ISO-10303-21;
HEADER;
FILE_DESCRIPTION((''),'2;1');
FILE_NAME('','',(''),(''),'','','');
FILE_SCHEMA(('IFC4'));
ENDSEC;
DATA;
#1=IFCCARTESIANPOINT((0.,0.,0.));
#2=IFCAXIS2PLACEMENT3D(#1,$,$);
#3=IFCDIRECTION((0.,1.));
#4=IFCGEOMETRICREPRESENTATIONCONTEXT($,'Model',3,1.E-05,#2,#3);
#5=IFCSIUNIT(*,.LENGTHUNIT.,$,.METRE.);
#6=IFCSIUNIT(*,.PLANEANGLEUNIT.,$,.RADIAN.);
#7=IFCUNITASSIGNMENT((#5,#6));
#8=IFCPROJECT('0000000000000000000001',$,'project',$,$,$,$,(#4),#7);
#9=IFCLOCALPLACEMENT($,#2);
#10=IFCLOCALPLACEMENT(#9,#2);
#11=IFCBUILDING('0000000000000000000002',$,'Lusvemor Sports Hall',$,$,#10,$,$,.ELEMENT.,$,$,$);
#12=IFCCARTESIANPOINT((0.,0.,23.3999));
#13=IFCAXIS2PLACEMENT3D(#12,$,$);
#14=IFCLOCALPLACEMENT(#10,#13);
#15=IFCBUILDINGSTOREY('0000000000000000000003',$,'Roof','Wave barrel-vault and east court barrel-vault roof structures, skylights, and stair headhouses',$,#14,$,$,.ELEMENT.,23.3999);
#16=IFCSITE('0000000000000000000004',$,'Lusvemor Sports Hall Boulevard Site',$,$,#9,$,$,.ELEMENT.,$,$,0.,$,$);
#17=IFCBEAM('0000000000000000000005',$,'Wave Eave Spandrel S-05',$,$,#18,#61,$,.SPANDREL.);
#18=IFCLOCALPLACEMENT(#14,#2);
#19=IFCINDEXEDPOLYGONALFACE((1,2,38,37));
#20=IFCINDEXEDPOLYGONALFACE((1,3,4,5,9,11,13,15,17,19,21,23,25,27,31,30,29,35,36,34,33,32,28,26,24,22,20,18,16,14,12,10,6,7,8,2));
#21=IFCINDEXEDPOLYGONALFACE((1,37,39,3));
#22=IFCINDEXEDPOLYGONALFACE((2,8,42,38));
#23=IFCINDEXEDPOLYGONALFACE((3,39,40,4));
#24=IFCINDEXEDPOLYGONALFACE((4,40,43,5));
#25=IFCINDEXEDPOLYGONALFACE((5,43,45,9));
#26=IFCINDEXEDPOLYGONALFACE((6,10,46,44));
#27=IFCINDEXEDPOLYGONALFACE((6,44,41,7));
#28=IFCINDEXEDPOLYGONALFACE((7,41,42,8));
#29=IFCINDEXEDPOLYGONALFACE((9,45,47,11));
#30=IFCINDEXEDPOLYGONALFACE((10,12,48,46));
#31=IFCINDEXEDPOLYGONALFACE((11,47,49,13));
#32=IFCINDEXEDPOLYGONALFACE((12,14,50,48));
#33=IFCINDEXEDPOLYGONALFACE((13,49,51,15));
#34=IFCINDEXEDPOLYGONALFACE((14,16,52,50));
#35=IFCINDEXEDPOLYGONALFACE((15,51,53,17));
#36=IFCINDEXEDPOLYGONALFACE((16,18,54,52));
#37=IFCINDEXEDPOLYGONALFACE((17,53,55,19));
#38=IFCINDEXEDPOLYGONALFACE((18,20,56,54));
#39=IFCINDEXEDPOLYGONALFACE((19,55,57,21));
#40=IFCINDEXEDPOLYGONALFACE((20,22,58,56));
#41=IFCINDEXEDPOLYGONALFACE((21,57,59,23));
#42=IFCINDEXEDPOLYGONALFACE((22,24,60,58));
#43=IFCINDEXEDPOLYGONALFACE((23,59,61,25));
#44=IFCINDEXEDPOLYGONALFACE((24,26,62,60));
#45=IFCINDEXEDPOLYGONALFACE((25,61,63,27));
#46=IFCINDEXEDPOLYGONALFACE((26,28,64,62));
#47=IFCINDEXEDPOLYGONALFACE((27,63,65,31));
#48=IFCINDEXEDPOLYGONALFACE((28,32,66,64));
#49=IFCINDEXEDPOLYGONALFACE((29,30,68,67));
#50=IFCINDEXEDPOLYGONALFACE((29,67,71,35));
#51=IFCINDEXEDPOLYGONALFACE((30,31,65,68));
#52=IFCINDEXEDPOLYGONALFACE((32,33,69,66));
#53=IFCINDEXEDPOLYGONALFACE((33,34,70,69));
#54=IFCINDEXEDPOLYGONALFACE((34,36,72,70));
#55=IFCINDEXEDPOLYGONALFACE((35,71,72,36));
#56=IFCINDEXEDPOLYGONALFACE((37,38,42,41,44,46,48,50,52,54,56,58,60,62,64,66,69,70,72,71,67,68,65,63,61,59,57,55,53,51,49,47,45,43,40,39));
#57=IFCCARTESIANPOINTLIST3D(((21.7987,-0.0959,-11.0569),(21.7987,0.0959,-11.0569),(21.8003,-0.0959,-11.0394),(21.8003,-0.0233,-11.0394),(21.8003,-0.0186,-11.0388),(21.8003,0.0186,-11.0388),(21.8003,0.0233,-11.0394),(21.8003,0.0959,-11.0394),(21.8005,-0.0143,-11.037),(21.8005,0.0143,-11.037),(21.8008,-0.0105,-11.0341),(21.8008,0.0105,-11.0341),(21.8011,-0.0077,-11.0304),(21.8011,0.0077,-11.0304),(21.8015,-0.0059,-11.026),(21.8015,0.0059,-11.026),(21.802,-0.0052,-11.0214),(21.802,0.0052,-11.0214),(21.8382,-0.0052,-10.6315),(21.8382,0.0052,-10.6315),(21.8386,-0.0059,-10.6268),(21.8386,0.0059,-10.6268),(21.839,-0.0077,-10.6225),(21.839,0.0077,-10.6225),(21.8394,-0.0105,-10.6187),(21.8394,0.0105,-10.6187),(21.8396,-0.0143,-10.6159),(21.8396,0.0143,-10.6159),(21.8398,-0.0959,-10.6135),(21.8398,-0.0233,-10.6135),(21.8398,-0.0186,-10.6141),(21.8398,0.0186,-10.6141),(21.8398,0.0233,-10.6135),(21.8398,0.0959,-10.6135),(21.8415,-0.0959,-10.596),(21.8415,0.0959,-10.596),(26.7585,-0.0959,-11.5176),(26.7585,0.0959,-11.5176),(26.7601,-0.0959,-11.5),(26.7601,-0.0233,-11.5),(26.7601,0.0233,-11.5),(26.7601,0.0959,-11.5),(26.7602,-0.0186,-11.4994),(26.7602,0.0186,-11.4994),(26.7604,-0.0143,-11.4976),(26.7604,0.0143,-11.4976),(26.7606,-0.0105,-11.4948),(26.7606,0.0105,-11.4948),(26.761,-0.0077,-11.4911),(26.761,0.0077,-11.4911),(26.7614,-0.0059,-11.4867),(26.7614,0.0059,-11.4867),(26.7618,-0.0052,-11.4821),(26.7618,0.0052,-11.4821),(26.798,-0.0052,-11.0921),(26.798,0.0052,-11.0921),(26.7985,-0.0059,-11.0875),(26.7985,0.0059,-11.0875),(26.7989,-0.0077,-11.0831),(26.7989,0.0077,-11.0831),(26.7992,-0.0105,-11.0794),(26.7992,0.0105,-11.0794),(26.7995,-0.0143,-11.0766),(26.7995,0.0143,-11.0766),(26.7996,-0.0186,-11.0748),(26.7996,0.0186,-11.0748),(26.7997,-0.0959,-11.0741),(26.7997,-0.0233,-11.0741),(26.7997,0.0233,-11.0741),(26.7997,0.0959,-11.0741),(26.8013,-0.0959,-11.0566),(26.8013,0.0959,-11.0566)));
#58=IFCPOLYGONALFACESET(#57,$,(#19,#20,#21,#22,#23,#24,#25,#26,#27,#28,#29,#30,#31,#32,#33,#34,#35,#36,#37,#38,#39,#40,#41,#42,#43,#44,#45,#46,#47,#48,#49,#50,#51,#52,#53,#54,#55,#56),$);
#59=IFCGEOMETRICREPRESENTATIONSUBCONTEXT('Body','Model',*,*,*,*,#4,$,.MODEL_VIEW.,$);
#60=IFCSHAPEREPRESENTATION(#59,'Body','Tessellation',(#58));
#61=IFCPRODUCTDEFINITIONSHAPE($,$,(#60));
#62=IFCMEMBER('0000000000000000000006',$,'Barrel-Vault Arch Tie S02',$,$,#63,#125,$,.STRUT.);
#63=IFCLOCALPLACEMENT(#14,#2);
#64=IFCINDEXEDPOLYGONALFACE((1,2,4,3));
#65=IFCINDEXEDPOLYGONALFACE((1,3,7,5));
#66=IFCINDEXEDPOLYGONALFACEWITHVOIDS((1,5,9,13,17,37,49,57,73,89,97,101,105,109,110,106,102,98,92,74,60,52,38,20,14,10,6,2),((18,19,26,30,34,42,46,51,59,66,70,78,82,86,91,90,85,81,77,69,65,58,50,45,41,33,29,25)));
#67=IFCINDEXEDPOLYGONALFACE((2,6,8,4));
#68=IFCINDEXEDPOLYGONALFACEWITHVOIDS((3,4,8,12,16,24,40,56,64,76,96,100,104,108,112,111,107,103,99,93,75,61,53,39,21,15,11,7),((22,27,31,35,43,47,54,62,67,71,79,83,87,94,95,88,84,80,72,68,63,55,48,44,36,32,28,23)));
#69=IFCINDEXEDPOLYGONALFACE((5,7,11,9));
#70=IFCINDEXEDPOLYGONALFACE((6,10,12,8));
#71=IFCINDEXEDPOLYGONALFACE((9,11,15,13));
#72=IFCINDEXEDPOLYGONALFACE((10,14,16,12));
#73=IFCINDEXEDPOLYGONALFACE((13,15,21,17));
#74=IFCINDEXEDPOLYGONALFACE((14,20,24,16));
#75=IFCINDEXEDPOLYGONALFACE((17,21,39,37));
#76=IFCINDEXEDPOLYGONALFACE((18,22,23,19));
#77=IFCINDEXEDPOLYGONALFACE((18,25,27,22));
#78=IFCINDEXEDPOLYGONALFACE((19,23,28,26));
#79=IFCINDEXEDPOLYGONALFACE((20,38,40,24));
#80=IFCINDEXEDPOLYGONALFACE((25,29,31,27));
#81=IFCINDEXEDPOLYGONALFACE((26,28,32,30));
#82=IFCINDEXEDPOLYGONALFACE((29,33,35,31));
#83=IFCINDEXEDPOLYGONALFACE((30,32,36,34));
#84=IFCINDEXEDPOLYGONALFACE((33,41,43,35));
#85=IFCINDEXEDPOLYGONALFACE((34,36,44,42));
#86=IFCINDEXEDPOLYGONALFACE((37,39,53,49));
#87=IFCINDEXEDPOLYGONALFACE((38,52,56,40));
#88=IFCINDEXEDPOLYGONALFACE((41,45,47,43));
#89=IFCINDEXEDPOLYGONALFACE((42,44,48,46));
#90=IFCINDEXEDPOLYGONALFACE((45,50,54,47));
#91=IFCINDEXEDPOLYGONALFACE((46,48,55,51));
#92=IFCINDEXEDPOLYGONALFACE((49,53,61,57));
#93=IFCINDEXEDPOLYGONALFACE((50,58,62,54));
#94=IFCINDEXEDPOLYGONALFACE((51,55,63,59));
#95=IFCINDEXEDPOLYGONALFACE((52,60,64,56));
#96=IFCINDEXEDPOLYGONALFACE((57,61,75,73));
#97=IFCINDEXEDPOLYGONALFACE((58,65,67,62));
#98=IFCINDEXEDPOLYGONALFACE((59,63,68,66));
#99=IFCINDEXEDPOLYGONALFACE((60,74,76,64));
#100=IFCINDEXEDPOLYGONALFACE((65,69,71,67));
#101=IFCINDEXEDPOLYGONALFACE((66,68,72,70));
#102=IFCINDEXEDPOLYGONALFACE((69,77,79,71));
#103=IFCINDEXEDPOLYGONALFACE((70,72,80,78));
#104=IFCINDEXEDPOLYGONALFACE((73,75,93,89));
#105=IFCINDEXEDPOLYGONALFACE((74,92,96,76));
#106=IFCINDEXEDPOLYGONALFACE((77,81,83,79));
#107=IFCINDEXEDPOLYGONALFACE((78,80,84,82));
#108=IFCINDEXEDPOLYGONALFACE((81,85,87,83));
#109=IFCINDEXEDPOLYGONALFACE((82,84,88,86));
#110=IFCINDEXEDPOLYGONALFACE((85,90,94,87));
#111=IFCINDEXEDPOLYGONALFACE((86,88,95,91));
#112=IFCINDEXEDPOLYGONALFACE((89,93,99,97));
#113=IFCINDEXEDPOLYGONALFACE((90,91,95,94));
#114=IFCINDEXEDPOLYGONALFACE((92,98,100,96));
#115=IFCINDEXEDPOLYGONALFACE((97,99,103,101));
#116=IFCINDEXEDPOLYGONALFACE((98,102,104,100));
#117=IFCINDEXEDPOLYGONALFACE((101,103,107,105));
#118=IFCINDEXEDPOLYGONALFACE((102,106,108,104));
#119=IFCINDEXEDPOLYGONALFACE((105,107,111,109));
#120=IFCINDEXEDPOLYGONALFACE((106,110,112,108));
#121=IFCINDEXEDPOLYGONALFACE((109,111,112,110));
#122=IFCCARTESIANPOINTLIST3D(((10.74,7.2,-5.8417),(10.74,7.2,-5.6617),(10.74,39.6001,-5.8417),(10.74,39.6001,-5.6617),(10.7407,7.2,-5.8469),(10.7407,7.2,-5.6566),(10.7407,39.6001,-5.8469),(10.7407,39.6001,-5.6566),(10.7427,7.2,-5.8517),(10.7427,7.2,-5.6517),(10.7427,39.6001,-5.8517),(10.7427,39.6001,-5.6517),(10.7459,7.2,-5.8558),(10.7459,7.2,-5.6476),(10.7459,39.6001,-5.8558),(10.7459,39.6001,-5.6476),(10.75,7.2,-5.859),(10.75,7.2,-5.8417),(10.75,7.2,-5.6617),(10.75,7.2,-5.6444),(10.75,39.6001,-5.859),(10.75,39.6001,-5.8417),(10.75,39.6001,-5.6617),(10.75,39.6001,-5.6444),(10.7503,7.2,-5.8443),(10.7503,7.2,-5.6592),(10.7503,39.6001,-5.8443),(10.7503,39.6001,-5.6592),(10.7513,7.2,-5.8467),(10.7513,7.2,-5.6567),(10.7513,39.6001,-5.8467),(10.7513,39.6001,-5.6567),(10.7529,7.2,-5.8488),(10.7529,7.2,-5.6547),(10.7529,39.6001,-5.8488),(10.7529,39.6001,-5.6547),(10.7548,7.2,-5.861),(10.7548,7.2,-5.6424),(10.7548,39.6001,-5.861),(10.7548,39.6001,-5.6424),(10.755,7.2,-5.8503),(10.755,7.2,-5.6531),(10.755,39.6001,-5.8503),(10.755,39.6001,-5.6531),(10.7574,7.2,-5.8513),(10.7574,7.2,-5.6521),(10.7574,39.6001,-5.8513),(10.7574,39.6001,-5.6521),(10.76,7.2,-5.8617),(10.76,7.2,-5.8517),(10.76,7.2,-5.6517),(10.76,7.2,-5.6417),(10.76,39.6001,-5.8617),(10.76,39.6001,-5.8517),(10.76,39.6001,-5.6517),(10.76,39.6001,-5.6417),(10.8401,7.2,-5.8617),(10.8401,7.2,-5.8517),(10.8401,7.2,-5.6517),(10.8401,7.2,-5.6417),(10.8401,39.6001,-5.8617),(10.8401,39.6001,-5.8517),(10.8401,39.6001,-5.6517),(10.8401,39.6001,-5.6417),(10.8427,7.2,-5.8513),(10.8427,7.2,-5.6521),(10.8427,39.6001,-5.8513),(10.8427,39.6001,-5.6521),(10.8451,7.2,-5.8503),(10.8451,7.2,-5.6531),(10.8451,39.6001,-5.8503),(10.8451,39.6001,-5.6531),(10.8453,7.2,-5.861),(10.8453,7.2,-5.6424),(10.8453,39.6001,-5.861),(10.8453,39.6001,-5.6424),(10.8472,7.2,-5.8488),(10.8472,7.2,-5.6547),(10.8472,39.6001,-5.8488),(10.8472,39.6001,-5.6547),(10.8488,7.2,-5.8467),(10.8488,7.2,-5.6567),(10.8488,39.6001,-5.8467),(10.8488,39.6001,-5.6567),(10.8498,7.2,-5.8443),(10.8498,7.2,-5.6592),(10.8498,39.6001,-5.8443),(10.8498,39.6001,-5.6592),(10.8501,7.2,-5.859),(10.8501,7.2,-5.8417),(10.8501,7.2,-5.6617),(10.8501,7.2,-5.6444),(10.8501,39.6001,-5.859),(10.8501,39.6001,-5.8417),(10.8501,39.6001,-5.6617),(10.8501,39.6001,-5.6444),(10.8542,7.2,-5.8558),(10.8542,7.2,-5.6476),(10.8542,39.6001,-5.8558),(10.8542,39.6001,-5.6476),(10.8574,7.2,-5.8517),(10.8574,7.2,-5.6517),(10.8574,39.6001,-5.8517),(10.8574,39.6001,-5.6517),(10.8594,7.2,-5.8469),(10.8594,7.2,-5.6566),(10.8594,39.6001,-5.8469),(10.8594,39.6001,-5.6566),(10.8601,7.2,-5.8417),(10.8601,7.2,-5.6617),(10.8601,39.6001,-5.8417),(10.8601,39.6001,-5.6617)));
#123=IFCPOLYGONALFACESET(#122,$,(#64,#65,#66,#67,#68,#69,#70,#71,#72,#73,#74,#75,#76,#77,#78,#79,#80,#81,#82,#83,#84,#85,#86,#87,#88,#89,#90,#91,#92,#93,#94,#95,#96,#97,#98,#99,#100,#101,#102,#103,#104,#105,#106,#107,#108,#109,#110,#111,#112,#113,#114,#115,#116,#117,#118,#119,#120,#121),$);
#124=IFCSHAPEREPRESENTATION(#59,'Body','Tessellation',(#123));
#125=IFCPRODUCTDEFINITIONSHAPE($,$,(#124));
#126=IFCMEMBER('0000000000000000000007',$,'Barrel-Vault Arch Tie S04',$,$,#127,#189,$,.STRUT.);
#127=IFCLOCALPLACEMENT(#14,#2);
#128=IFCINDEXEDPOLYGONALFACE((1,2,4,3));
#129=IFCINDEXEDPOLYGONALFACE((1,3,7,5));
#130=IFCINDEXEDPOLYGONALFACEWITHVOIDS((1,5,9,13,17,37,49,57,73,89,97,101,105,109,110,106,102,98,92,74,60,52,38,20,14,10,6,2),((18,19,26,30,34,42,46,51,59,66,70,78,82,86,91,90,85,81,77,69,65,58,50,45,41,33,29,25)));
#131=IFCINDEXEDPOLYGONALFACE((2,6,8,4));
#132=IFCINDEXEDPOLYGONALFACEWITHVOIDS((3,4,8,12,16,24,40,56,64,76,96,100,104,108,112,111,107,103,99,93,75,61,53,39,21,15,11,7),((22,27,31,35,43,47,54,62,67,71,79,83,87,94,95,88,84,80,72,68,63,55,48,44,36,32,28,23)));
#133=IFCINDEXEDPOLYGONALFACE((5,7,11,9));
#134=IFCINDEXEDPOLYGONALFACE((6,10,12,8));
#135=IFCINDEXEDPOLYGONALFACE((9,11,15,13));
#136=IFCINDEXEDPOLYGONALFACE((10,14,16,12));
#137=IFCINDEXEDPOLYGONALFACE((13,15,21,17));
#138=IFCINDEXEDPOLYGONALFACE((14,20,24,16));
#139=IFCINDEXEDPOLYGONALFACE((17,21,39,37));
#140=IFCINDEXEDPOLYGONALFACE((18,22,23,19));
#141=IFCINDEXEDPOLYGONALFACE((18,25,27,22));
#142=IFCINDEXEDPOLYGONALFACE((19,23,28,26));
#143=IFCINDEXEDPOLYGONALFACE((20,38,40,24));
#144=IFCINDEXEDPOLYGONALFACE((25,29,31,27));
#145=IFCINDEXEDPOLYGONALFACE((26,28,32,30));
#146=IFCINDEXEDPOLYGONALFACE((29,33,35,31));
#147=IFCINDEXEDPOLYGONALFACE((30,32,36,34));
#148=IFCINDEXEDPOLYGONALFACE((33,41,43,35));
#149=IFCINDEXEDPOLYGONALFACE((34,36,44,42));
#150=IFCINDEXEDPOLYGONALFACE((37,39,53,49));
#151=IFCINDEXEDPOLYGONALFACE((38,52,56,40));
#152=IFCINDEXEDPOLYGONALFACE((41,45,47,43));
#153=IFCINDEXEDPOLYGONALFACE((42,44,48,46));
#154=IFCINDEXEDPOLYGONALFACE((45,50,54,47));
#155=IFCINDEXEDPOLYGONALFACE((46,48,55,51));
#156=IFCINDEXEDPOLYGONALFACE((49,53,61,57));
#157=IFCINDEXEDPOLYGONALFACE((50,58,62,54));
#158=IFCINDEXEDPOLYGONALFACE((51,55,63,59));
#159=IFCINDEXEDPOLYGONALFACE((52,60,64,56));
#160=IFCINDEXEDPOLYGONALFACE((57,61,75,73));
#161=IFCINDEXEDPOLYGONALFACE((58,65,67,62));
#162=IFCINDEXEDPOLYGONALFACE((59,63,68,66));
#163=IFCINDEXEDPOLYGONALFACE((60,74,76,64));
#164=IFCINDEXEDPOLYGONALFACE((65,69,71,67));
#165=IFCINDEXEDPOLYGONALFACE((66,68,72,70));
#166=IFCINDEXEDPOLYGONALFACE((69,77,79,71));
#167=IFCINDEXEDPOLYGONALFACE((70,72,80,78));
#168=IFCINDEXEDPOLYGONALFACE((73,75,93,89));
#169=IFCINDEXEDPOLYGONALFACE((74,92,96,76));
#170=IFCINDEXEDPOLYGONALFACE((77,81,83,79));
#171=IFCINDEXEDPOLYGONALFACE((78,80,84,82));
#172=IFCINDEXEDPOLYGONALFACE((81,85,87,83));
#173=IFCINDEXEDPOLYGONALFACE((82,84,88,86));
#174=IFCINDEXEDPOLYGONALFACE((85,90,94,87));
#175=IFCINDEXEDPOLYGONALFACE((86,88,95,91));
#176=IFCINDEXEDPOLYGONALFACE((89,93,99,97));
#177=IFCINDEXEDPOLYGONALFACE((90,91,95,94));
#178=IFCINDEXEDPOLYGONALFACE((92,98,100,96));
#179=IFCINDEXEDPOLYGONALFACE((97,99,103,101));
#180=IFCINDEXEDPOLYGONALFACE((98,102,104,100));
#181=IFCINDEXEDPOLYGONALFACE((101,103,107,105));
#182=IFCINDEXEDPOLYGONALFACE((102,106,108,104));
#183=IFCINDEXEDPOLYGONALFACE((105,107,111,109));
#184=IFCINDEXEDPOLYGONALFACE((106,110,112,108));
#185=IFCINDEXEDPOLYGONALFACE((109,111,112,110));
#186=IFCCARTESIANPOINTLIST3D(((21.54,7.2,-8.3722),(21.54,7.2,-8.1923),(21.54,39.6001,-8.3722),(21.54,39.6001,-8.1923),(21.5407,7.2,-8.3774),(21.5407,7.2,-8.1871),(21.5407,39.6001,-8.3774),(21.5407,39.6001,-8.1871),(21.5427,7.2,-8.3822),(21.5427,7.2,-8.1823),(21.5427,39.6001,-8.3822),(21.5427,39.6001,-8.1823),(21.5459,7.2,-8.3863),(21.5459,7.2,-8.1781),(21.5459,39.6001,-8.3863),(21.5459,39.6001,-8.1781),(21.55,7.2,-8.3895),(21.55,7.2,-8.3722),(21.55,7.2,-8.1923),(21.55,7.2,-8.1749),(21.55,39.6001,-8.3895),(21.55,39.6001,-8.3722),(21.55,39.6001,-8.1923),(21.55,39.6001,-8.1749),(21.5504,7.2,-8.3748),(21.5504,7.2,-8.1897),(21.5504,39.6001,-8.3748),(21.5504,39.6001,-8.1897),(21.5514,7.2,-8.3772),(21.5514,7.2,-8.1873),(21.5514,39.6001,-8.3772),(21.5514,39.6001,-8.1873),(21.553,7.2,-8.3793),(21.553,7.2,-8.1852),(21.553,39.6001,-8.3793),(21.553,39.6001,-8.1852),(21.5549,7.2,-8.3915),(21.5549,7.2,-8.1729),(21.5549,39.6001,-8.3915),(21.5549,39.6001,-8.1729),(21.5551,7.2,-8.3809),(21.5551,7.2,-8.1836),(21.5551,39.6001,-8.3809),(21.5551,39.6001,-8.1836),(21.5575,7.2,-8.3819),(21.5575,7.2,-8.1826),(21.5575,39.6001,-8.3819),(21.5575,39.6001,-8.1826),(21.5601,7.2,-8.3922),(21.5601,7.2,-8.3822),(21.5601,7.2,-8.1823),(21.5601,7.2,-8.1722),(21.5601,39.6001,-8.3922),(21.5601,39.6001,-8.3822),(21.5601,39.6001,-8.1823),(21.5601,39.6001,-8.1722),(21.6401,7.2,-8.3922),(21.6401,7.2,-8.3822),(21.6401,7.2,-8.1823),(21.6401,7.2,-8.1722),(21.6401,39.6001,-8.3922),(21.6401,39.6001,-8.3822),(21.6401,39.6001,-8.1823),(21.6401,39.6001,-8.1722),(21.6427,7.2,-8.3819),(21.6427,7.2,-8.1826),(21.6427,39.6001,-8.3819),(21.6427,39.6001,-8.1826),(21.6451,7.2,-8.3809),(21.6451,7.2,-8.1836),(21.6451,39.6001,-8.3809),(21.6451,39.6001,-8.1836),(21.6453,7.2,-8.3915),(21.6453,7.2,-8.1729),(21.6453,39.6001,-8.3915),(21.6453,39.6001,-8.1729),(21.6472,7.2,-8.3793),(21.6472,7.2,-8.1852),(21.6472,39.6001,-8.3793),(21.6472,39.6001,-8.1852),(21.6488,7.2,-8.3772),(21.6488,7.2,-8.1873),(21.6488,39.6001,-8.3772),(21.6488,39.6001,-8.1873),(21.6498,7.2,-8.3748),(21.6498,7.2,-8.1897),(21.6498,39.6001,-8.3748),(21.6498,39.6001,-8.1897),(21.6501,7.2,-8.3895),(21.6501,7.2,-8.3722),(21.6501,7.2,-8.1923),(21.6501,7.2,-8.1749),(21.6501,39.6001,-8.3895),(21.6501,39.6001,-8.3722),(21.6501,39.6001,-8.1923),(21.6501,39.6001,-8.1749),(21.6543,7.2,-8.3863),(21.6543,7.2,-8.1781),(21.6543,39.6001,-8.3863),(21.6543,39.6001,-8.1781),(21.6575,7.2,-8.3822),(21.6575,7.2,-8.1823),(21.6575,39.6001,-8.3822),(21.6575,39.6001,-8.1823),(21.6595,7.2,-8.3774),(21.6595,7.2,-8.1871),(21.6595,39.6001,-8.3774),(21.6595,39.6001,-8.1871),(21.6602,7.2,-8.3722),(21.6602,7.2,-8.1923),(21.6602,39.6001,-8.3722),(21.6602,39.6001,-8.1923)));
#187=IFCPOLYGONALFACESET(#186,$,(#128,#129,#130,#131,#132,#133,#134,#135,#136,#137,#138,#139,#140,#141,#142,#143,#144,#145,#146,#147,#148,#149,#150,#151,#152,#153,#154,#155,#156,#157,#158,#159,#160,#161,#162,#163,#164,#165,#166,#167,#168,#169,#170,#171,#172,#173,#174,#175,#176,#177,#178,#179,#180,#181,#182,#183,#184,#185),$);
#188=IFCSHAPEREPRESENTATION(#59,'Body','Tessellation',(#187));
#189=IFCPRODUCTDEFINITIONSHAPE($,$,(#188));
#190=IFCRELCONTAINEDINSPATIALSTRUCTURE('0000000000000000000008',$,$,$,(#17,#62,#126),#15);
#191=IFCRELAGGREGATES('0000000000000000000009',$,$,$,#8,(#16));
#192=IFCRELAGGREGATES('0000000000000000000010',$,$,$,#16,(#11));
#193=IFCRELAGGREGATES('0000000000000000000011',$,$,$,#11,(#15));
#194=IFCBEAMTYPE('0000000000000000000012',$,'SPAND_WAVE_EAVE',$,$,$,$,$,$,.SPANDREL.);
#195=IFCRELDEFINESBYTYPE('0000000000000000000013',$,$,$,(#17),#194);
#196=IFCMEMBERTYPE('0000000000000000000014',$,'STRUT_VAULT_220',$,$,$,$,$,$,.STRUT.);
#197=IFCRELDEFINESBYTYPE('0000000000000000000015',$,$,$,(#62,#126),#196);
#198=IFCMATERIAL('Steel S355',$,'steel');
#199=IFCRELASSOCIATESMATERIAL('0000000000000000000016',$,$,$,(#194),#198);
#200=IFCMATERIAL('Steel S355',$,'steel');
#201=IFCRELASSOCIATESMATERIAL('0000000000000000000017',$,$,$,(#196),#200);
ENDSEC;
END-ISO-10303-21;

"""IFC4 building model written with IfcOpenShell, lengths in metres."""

from ifc_helpers import new_model, si_unit, direction, frame, origin, origin_2d, place, context, subcontext, project, spatial, hollow_rectangle, i_section, extrude, material, material_profile, profile_set, type_object, element, save


model = new_model("IFC4")

# Units and contexts
model_context = context("Model", 3, precision=1e-05, world=origin(), true_north=direction((0.0, 1.0)))
body_context = subcontext(model_context, "Body", "Model", "MODEL_VIEW")
ifc_project = project(units=[si_unit("LENGTHUNIT", "METRE"), si_unit("PLANEANGLEUNIT", "RADIAN")], contexts=[model_context])

# Site, building, storey
site_placement = place(None, origin())
site = spatial("IfcSite", under=ifc_project, at=site_placement, Name="Lusvemor Sports Hall Boulevard Site", CompositionType="ELEMENT", RefElevation=0.0)
building_placement = place(site_placement, origin())
building = spatial("IfcBuilding", under=site, at=building_placement, Name="Lusvemor Sports Hall", CompositionType="ELEMENT")
storey_placement = place(building_placement, frame((0.0, 0.0, 23.3999)))
storey = spatial("IfcBuildingStorey", under=building, at=storey_placement, Name="Roof", Description="Wave barrel-vault and east court barrel-vault roof structures, skylights, and stair headhouses", CompositionType="ELEMENT", Elevation=23.3999)

# Beam
ifc_material_1 = material(Name="Steel S355", Category="steel")
ifc_material_profile_1 = material_profile(ifc_material_1, i_section(OverallWidth=0.1919, OverallDepth=0.4629, WebThickness=0.0105, FlangeThickness=0.0176, FilletRadius=0.0181, at=origin_2d()), Name="W460x89.0")
ifc_profile_set_1 = profile_set([ifc_material_profile_1], Name="Steel S355")
beam_type_1 = type_object("IfcBeamType", Name="SPAND_WAVE_EAVE", PredefinedType="SPANDREL", material=ifc_profile_set_1)
beam_1_placement = place(storey_placement, frame((21.8201, 0.0, -10.8264), z_axis=(0.995714, 0.0, -0.092484), x_axis=(0.0, 1.0, 0.0)))
element("IfcBeam", 1, at=beam_1_placement, inside=storey, type_object=beam_type_1, Name="Wave Eave Spandrel S-05", PredefinedType="SPANDREL", context=body_context, shape_type="SweptSolid", body=[
    extrude(i_section(OverallWidth=0.1919, OverallDepth=0.4629, WebThickness=0.0105, FlangeThickness=0.0176, FilletRadius=0.0181, at=origin_2d()), origin(), (0.0, 0.0, 1.0), 4.9812),
])

# Members
ifc_material_2 = material(Name="Steel S355", Category="steel")
ifc_material_profile_2 = material_profile(ifc_material_2, hollow_rectangle(XDim=0.1201, YDim=0.22, WallThickness=0.01, InnerFilletRadius=0.01, OuterFilletRadius=0.02, at=origin_2d()), Name="RHS220x120x10")
ifc_profile_set_2 = profile_set([ifc_material_profile_2], Name="Steel S355")
member_type_1 = type_object("IfcMemberType", Name="STRUT_VAULT_220", PredefinedType="STRUT", material=ifc_profile_set_2)
for number, where, z_axis, x_axis, name in (
    (2, (10.8, 7.2, -5.7517), (0.0, 1.0, 0.0), (-1.0, 0.0, 0.0), "Barrel-Vault Arch Tie S02"),
    (3, (21.6001, 7.2, -8.2822), (0.0, 1.0, 0.0), (-1.0, 0.0, 0.0), "Barrel-Vault Arch Tie S04"),
):
    element("IfcMember", number, at=place(storey_placement, frame(where, z_axis=z_axis, x_axis=x_axis)), inside=storey, type_object=member_type_1, Name=name, PredefinedType="STRUT", context=body_context, shape_type="SweptSolid", body=[
        extrude(hollow_rectangle(XDim=0.1201, YDim=0.22, WallThickness=0.01, InnerFilletRadius=0.01, OuterFilletRadius=0.02, at=origin_2d()), origin(), (0.0, 0.0, 1.0), 32.4001),
    ])

save(model, "model.ifc")
